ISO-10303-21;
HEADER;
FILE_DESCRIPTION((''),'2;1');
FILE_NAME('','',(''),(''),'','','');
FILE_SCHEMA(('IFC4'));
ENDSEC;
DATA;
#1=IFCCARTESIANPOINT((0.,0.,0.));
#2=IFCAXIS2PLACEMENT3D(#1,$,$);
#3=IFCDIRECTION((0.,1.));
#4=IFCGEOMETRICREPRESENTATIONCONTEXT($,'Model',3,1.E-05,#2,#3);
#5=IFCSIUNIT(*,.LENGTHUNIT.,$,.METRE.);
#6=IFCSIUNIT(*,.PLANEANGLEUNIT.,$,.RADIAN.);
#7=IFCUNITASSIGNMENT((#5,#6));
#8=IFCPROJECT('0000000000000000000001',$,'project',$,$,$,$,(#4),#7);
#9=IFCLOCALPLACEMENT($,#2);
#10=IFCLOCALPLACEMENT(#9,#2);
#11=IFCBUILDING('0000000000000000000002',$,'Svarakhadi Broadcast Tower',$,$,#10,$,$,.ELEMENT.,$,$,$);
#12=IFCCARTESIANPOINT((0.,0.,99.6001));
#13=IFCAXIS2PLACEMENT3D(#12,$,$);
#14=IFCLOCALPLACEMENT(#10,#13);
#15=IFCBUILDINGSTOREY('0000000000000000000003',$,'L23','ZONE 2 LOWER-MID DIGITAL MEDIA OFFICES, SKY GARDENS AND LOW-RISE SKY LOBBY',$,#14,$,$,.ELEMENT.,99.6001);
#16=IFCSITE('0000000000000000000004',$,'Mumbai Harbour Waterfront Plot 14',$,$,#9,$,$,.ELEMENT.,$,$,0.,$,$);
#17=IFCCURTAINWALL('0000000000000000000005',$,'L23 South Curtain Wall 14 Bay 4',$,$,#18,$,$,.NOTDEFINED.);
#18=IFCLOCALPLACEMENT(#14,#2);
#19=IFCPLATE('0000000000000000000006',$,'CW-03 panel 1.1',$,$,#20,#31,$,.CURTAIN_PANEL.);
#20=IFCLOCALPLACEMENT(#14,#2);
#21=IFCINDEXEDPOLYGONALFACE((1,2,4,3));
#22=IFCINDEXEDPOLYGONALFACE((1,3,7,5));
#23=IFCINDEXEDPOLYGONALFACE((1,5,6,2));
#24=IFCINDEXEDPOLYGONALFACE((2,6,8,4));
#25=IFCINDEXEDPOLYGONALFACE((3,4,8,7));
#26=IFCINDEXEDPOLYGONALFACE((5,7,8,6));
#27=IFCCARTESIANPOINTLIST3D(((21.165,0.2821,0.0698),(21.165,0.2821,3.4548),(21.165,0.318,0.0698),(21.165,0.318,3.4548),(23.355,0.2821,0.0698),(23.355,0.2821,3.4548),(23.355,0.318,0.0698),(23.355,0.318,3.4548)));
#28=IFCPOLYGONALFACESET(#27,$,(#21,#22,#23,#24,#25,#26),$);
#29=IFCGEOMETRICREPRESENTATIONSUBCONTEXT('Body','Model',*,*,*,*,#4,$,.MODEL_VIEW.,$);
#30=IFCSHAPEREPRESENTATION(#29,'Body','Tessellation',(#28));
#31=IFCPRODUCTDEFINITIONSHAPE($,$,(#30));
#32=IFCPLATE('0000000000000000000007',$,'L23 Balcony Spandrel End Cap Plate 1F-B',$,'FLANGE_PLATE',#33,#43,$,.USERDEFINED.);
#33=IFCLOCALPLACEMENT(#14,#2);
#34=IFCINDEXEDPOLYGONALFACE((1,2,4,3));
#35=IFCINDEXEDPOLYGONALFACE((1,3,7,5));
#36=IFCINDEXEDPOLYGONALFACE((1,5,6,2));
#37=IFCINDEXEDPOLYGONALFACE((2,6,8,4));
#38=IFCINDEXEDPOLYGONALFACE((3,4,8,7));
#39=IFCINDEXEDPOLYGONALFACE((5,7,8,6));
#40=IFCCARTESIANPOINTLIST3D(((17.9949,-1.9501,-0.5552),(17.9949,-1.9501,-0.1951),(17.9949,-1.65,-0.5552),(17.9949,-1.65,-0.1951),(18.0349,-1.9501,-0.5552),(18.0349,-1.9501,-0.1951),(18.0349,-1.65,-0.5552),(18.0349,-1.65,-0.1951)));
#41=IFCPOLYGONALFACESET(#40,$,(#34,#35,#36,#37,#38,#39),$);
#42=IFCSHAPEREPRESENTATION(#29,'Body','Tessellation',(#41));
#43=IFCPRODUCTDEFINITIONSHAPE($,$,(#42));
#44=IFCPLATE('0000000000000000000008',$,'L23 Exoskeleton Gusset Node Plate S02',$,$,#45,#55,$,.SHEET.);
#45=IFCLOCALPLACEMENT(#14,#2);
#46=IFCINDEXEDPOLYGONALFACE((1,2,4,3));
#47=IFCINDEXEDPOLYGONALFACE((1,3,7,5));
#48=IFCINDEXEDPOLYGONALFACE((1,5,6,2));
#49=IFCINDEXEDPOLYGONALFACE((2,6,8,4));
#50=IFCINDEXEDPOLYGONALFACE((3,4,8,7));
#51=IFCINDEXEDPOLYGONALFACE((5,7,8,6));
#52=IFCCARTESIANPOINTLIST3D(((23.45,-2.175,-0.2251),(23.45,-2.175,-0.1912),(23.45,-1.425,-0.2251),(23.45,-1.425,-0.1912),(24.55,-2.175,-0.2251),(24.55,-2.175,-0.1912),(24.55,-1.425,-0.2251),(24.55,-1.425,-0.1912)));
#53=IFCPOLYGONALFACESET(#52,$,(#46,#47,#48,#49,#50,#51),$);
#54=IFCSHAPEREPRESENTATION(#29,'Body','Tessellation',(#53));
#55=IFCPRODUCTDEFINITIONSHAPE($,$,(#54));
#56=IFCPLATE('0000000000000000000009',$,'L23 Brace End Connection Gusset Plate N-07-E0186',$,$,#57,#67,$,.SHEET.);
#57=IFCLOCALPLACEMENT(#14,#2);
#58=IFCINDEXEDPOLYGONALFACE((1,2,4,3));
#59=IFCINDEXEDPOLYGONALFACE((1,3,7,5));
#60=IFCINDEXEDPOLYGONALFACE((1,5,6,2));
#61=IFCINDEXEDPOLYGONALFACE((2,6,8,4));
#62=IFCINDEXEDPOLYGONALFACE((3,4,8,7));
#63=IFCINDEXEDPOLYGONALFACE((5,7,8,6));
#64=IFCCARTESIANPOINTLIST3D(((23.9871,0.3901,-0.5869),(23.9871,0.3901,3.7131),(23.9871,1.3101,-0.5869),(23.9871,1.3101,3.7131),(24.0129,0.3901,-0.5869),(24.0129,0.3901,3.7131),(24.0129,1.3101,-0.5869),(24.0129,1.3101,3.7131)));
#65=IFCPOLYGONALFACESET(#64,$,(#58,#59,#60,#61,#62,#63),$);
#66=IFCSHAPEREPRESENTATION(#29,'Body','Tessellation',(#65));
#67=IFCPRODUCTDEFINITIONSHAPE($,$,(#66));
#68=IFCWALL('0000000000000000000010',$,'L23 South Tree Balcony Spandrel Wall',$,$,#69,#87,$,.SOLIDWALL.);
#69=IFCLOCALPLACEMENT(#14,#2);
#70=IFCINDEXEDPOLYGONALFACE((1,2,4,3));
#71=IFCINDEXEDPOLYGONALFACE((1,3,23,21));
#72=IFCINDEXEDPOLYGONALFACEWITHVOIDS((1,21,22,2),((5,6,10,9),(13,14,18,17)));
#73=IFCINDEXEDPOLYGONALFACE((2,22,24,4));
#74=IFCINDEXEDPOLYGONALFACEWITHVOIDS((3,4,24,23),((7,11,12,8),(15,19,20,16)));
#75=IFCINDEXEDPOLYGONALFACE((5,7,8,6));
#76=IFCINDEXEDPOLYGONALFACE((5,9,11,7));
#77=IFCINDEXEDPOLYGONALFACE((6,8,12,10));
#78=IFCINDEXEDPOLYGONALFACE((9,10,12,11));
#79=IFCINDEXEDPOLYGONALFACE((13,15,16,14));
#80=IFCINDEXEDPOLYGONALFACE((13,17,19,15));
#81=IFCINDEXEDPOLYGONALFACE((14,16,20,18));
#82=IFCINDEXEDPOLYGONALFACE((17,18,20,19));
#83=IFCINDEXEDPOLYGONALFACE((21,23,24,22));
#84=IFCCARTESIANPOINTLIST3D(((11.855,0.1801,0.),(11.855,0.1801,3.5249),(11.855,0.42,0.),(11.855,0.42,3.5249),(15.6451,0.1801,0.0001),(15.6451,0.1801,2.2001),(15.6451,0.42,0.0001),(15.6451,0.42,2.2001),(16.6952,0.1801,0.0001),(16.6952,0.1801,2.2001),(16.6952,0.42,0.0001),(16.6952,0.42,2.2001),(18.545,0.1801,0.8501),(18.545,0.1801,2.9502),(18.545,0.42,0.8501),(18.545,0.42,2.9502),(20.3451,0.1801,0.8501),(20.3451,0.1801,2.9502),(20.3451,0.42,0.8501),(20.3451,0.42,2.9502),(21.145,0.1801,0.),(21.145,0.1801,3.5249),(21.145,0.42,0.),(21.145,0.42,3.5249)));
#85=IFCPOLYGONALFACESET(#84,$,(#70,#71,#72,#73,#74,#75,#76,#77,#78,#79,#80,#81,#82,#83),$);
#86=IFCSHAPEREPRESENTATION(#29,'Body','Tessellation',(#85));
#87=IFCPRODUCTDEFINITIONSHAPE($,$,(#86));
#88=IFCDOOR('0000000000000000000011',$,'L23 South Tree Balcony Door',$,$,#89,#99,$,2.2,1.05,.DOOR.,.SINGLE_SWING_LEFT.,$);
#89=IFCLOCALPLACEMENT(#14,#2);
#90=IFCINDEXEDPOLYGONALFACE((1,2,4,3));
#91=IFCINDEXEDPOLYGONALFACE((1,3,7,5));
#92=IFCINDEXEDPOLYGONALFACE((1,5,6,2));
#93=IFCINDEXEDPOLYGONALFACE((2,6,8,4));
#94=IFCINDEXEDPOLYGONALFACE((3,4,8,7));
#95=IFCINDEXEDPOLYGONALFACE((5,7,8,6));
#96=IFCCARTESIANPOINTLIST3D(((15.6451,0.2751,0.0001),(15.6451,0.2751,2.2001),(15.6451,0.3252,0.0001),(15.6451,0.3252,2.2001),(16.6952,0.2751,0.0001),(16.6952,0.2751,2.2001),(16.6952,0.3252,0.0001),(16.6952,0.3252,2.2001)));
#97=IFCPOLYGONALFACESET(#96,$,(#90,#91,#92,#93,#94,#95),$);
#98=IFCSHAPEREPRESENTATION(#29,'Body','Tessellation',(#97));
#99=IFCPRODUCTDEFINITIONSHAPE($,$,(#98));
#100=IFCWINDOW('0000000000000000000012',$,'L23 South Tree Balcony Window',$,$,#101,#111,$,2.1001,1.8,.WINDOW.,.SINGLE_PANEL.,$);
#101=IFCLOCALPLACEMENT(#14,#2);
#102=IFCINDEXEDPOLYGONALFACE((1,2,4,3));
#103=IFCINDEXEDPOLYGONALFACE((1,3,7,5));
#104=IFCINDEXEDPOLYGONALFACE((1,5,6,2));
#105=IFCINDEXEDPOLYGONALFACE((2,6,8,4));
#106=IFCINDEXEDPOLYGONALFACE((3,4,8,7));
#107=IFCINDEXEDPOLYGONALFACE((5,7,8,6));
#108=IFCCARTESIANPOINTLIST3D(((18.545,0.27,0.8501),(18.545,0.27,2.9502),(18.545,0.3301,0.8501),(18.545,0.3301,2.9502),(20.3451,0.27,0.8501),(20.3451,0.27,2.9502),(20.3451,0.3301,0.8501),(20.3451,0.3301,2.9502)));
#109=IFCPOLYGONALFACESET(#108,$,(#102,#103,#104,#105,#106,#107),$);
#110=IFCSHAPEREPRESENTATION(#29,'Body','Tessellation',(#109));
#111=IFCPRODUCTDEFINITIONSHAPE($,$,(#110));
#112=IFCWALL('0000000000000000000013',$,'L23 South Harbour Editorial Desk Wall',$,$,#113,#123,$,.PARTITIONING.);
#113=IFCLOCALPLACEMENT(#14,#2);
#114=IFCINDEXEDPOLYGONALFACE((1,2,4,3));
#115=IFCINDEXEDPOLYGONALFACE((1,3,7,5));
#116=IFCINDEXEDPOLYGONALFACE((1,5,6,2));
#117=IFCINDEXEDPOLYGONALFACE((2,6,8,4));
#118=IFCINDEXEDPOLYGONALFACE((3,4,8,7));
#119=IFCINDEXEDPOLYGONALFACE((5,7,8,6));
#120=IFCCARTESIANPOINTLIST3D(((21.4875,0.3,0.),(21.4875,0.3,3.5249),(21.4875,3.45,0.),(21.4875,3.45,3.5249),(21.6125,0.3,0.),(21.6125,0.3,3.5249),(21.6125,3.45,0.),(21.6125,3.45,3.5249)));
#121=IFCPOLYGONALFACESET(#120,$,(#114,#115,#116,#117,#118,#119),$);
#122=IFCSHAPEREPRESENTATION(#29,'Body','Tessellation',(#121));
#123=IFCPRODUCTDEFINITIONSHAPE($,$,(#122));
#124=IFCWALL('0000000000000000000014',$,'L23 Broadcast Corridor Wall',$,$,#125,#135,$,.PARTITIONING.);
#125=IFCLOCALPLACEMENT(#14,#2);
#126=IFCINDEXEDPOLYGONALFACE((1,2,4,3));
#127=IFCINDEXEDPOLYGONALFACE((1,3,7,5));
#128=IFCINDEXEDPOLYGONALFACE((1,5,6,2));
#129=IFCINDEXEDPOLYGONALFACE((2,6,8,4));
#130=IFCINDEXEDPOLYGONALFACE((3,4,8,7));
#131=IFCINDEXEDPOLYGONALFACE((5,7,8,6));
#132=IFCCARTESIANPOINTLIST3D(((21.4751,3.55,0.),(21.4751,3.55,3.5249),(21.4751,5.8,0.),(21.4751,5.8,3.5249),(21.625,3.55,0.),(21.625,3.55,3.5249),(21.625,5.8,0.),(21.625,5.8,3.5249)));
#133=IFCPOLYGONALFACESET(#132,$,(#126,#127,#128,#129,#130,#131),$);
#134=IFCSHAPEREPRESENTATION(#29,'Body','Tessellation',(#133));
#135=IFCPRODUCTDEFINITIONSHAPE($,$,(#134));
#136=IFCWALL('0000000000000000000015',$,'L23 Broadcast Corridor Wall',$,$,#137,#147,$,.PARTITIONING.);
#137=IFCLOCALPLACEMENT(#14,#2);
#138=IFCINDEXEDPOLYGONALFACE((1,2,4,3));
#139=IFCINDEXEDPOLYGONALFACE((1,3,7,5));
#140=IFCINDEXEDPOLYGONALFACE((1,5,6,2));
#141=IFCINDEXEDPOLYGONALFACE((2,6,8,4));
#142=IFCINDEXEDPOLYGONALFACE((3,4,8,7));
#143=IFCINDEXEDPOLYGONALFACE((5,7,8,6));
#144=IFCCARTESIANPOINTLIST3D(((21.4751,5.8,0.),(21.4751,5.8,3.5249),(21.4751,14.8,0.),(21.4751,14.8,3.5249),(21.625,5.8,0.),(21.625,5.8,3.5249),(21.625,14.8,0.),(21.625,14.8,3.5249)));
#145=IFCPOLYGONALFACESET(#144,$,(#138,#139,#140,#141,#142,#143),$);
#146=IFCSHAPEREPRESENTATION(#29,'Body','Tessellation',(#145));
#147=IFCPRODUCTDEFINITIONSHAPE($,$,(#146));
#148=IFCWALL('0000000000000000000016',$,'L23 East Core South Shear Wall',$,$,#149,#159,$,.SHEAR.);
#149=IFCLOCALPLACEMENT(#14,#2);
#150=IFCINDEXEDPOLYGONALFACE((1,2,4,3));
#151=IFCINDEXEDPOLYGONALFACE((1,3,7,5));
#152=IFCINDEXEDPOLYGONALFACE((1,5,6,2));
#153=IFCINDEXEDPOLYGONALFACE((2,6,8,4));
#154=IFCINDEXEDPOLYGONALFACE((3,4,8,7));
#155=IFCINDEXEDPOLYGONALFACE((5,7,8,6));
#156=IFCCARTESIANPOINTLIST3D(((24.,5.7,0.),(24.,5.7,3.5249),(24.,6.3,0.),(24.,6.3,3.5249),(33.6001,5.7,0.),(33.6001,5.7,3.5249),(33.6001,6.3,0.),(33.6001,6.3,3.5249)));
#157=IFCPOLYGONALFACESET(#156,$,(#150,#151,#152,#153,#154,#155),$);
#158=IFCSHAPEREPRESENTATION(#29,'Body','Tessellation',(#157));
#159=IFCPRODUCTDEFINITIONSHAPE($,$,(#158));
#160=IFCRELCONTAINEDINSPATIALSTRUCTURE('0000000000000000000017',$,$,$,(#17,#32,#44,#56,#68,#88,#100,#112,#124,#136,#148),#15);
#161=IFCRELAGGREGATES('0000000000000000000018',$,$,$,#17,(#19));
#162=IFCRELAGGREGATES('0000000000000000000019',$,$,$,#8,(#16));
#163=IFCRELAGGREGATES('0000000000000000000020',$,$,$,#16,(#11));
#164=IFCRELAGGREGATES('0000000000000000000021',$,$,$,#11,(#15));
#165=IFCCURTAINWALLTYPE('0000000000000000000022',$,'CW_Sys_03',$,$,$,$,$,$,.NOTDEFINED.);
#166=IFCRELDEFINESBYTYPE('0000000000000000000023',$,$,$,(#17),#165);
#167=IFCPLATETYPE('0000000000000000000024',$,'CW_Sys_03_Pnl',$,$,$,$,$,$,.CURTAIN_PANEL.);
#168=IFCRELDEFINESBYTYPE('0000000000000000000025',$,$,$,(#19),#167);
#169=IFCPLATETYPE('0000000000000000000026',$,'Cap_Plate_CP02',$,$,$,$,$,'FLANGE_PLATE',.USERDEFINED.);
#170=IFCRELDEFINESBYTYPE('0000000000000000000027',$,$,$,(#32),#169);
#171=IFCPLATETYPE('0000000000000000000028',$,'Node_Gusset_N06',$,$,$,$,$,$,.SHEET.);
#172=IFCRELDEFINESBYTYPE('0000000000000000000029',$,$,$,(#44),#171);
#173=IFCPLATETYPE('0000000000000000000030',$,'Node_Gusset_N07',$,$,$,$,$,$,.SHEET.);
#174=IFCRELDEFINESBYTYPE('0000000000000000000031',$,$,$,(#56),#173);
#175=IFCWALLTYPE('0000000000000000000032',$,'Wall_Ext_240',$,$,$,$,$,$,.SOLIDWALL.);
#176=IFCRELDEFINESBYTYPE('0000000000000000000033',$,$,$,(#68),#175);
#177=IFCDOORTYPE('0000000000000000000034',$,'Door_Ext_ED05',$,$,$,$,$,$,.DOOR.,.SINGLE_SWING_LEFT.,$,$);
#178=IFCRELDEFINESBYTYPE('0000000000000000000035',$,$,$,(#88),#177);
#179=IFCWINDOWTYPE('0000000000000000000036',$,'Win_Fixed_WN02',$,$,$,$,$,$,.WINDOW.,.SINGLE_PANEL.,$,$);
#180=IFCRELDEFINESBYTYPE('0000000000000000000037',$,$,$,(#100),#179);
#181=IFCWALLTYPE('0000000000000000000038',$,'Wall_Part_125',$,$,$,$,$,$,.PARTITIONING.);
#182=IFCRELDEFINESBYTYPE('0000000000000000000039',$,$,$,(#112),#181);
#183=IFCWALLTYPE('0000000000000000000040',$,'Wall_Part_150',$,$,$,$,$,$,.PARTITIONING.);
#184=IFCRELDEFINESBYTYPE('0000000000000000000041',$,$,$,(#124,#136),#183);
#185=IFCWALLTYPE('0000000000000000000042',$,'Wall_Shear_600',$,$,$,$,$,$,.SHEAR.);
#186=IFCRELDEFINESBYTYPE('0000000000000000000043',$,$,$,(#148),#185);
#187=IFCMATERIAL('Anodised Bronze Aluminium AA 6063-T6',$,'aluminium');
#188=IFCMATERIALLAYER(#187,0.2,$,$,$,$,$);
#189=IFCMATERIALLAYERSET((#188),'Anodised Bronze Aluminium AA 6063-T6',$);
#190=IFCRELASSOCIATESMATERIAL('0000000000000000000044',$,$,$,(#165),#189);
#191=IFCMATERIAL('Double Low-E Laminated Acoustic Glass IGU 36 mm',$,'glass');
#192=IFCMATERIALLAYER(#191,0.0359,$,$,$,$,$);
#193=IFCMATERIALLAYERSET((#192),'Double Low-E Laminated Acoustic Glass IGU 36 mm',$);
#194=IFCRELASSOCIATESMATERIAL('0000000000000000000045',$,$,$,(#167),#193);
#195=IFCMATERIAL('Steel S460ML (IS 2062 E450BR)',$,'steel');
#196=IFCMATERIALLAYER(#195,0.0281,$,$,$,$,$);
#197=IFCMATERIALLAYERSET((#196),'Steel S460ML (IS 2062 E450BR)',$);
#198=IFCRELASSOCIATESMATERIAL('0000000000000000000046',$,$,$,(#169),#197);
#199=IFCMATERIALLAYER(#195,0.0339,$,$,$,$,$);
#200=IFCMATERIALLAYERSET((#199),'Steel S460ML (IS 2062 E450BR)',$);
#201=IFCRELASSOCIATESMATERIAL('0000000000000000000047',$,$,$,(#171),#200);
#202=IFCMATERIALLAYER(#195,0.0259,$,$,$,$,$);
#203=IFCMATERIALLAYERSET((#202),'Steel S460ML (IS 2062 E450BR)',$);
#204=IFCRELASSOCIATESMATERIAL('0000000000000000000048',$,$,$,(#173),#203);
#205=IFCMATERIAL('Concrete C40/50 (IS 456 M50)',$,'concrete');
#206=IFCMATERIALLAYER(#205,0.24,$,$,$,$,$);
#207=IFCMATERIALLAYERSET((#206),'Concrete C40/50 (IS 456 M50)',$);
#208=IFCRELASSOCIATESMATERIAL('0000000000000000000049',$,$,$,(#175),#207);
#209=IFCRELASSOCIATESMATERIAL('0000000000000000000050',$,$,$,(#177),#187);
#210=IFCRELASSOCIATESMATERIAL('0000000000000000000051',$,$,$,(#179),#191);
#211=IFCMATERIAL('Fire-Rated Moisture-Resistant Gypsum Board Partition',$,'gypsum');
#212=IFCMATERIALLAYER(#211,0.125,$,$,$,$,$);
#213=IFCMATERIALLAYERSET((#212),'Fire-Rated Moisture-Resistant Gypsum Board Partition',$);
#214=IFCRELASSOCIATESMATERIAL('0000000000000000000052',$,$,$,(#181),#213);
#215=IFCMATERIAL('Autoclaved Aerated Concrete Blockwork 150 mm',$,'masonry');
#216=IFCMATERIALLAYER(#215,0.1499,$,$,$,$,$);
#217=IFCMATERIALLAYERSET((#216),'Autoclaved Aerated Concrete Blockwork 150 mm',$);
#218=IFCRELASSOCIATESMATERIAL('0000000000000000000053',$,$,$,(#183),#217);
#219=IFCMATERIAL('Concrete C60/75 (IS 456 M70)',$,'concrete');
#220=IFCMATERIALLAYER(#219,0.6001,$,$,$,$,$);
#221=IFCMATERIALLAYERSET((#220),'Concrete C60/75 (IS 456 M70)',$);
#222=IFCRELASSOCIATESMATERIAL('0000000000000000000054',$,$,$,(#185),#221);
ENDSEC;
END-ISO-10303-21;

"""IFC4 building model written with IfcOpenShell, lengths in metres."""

from ifc_helpers import new_model, si_unit, direction, frame, frame_2d, origin, origin_2d, place, context, subcontext, project, spatial, rectangle, extrude, material, layer, layer_set, type_object, element, fill, aggregate, save


model = new_model("IFC4")

# Units and contexts
model_context = context("Model", 3, precision=1e-05, world=origin(), true_north=direction((0.0, 1.0)))
body_context = subcontext(model_context, "Body", "Model", "MODEL_VIEW")
ifc_project = project(units=[si_unit("LENGTHUNIT", "METRE"), si_unit("PLANEANGLEUNIT", "RADIAN")], contexts=[model_context])

# Site, building, storey
site_placement = place(None, origin())
site = spatial("IfcSite", under=ifc_project, at=site_placement, Name="Mumbai Harbour Waterfront Plot 14", CompositionType="ELEMENT", RefElevation=0.0)
building_placement = place(site_placement, origin())
building = spatial("IfcBuilding", under=site, at=building_placement, Name="Svarakhadi Broadcast Tower", CompositionType="ELEMENT")
storey_placement = place(building_placement, frame((0.0, 0.0, 99.6001)))
storey = spatial("IfcBuildingStorey", under=building, at=storey_placement, Name="L23", Description="ZONE 2 LOWER-MID DIGITAL MEDIA OFFICES, SKY GARDENS AND LOW-RISE SKY LOBBY", CompositionType="ELEMENT", Elevation=99.6001)

# Curtain wall
ifc_material_1 = material(Name="Anodised Bronze Aluminium AA 6063-T6", Category="aluminium")
ifc_layer_1 = layer(ifc_material_1, 0.2)
ifc_layer_set_1 = layer_set([ifc_layer_1], Name="Anodised Bronze Aluminium AA 6063-T6")
curtain_wall_type = type_object("IfcCurtainWallType", Name="CW_Sys_03", PredefinedType="NOTDEFINED", material=ifc_layer_set_1)
curtain_wall_placement = place(storey_placement, origin())
curtain_wall = element("IfcCurtainWall", 1, at=curtain_wall_placement, inside=storey, type_object=curtain_wall_type, Name="L23 South Curtain Wall 14 Bay 4", PredefinedType="NOTDEFINED")

# Shared definitions
ifc_material_2 = material(Name="Steel S460ML (IS 2062 E450BR)", Category="steel")

# Plate
ifc_material_3 = material(Name="Double Low-E Laminated Acoustic Glass IGU 36 mm", Category="glass")
ifc_layer_2 = layer(ifc_material_3, 0.0359)
ifc_layer_set_2 = layer_set([ifc_layer_2], Name="Double Low-E Laminated Acoustic Glass IGU 36 mm")
plate_type_1 = type_object("IfcPlateType", Name="CW_Sys_03_Pnl", PredefinedType="CURTAIN_PANEL", material=ifc_layer_set_2)
plate_1_placement = place(storey_placement, frame((22.26, 0.3, 0.0698), z_axis=(0.0, 0.0, 1.0), x_axis=(-1.0, 0.0, 0.0)))
plate_1 = element("IfcPlate", 2, at=plate_1_placement, type_object=plate_type_1, Name="CW-03 panel 1.1", PredefinedType="CURTAIN_PANEL", context=body_context, shape_type="SweptSolid", body=[
    extrude(rectangle(XDim=2.1899, YDim=0.0359, at=origin_2d()), origin(), (0.0, 0.0, 1.0), 3.385),
])
aggregate(curtain_wall, [plate_1])

# Plates
ifc_layer_3 = layer(ifc_material_2, 0.0281)
ifc_layer_set_3 = layer_set([ifc_layer_3], Name="Steel S460ML (IS 2062 E450BR)")
plate_type_2 = type_object("IfcPlateType", Name="Cap_Plate_CP02", ElementType="FLANGE_PLATE", PredefinedType="USERDEFINED", material=ifc_layer_set_3)
plate_2_placement = place(storey_placement, frame((18.0149, -1.8, -0.5552), z_axis=(0.0, 0.0, 1.0), x_axis=(1.0, 0.0, 0.0)))
element("IfcPlate", 3, at=plate_2_placement, inside=storey, type_object=plate_type_2, Name="L23 Balcony Spandrel End Cap Plate 1F-B", ObjectType="FLANGE_PLATE", PredefinedType="USERDEFINED", context=body_context, shape_type="SweptSolid", body=[
    extrude(rectangle(XDim=0.04, YDim=0.3, at=origin_2d()), origin(), (0.0, 0.0, 1.0), 0.3601),
])
ifc_layer_4 = layer(ifc_material_2, 0.0339)
ifc_layer_set_4 = layer_set([ifc_layer_4], Name="Steel S460ML (IS 2062 E450BR)")
plate_type_3 = type_object("IfcPlateType", Name="Node_Gusset_N06", PredefinedType="SHEET", material=ifc_layer_set_4)
plate_3_placement = place(storey_placement, frame((24.0, -1.8, -0.2251), z_axis=(0.0, 0.0, 1.0), x_axis=(1.0, 0.0, 0.0)))
element("IfcPlate", 4, at=plate_3_placement, inside=storey, type_object=plate_type_3, Name="L23 Exoskeleton Gusset Node Plate S02", PredefinedType="SHEET", context=body_context, shape_type="SweptSolid", body=[
    extrude(rectangle(XDim=1.1001, YDim=0.75, at=origin_2d()), origin(), (0.0, 0.0, 1.0), 0.0339),
])
ifc_layer_5 = layer(ifc_material_2, 0.0259)
ifc_layer_set_5 = layer_set([ifc_layer_5], Name="Steel S460ML (IS 2062 E450BR)")
plate_type_4 = type_object("IfcPlateType", Name="Node_Gusset_N07", PredefinedType="SHEET", material=ifc_layer_set_5)
plate_4_placement = place(storey_placement, frame((24.0, 0.8501, -0.5869), z_axis=(0.0, 0.0, 1.0), x_axis=(0.0, 1.0, 0.0)))
element("IfcPlate", 5, at=plate_4_placement, inside=storey, type_object=plate_type_4, Name="L23 Brace End Connection Gusset Plate N-07-E0186", PredefinedType="SHEET", context=body_context, shape_type="SweptSolid", body=[
    extrude(rectangle(XDim=0.9199, YDim=0.0259, at=origin_2d()), origin(), (0.0, 0.0, 1.0), 4.3),
])

# Wall, openings, door, window
ifc_material_4 = material(Name="Concrete C40/50 (IS 456 M50)", Category="concrete")
ifc_layer_6 = layer(ifc_material_4, 0.24)
ifc_layer_set_6 = layer_set([ifc_layer_6], Name="Concrete C40/50 (IS 456 M50)")
wall_type_1 = type_object("IfcWallType", Name="Wall_Ext_240", PredefinedType="SOLIDWALL", material=ifc_layer_set_6)
wall_1_placement = place(storey_placement, frame((21.145, 0.3, 0.0), z_axis=(0.0, 0.0, 1.0), x_axis=(-1.0, 0.0, 0.0)))
wall_1 = element("IfcWall", 6, at=wall_1_placement, inside=storey, type_object=wall_type_1, Name="L23 South Tree Balcony Spandrel Wall", PredefinedType="SOLIDWALL", context=body_context, shape_type="SweptSolid", body=[
    extrude(rectangle(XDim=9.29, YDim=0.24, at=frame_2d((4.645, 0.0))), origin(), (0.0, 0.0, 1.0), 3.5249),
])
opening_1_placement = place(wall_1_placement, frame((4.45, 0.0, 0.0)))
opening_1 = element("IfcOpeningElement", 7, at=opening_1_placement, cuts=wall_1, PredefinedType="OPENING", context=body_context, shape_type="SweptSolid", body=[
    extrude(rectangle(XDim=1.05, YDim=2.2, at=frame_2d((0.5249, 1.1001))), frame((0.0, 0.1299, 0.0), z_axis=(0.0, -1.0, 0.0), x_axis=(1.0, 0.0, 0.0)), (0.0, 0.0, 1.0), 0.26),
])
opening_2_placement = place(wall_1_placement, frame((0.8, 0.0, 0.8501)))
opening_2 = element("IfcOpeningElement", 8, at=opening_2_placement, cuts=wall_1, PredefinedType="OPENING", context=body_context, shape_type="SweptSolid", body=[
    extrude(rectangle(XDim=1.8, YDim=2.1001, at=frame_2d((0.8999, 1.05))), frame((0.0, 0.1299, 0.0), z_axis=(0.0, -1.0, 0.0), x_axis=(1.0, 0.0, 0.0)), (0.0, 0.0, 1.0), 0.26),
])
door_type = type_object("IfcDoorType", Name="Door_Ext_ED05", OperationType="SINGLE_SWING_LEFT", PredefinedType="DOOR", material=ifc_material_1)
door_placement = place(opening_1_placement, origin())
door = element("IfcDoor", 9, at=door_placement, inside=storey, type_object=door_type, Name="L23 South Tree Balcony Door", OperationType="SINGLE_SWING_LEFT", OverallHeight=2.2, OverallWidth=1.05, PredefinedType="DOOR", context=body_context, shape_type="SweptSolid", body=[
    extrude(rectangle(XDim=1.05, YDim=2.2, at=frame_2d((0.5249, 1.1001))), frame((0.0, 0.0249, 0.0), z_axis=(0.0, -1.0, 0.0), x_axis=(1.0, 0.0, 0.0)), (0.0, 0.0, 1.0), 0.05),
])
fill(opening_1, door)
window_type = type_object("IfcWindowType", Name="Win_Fixed_WN02", PartitioningType="SINGLE_PANEL", PredefinedType="WINDOW", material=ifc_material_3)
window_placement = place(opening_2_placement, origin())
window = element("IfcWindow", 10, at=window_placement, inside=storey, type_object=window_type, Name="L23 South Tree Balcony Window", OverallHeight=2.1001, OverallWidth=1.8, PartitioningType="SINGLE_PANEL", PredefinedType="WINDOW", context=body_context, shape_type="SweptSolid", body=[
    extrude(rectangle(XDim=1.8, YDim=2.1001, at=frame_2d((0.8999, 1.05))), frame((0.0, 0.03, 0.0), z_axis=(0.0, -1.0, 0.0), x_axis=(1.0, 0.0, 0.0)), (0.0, 0.0, 1.0), 0.0601),
])
fill(opening_2, window)

# Walls
ifc_material_5 = material(Name="Fire-Rated Moisture-Resistant Gypsum Board Partition", Category="gypsum")
ifc_layer_7 = layer(ifc_material_5, 0.125)
ifc_layer_set_7 = layer_set([ifc_layer_7], Name="Fire-Rated Moisture-Resistant Gypsum Board Partition")
wall_type_2 = type_object("IfcWallType", Name="Wall_Part_125", PredefinedType="PARTITIONING", material=ifc_layer_set_7)
wall_2_placement = place(storey_placement, frame((21.55, 0.3, 0.0), z_axis=(0.0, 0.0, 1.0), x_axis=(0.0, 1.0, 0.0)))
element("IfcWall", 11, at=wall_2_placement, inside=storey, type_object=wall_type_2, Name="L23 South Harbour Editorial Desk Wall", PredefinedType="PARTITIONING", context=body_context, shape_type="SweptSolid", body=[
    extrude(rectangle(XDim=3.1499, YDim=0.125, at=frame_2d((1.575, 0.0))), origin(), (0.0, 0.0, 1.0), 3.5249),
])
ifc_material_6 = material(Name="Autoclaved Aerated Concrete Blockwork 150 mm", Category="masonry")
ifc_layer_8 = layer(ifc_material_6, 0.1499)
ifc_layer_set_8 = layer_set([ifc_layer_8], Name="Autoclaved Aerated Concrete Blockwork 150 mm")
wall_type_3 = type_object("IfcWallType", Name="Wall_Part_150", PredefinedType="PARTITIONING", material=ifc_layer_set_8)
wall_3_placement = place(storey_placement, frame((21.55, 3.55, 0.0), z_axis=(0.0, 0.0, 1.0), x_axis=(0.0, 1.0, 0.0)))
element("IfcWall", 12, at=wall_3_placement, inside=storey, type_object=wall_type_3, Name="L23 Broadcast Corridor Wall", PredefinedType="PARTITIONING", context=body_context, shape_type="SweptSolid", body=[
    extrude(rectangle(XDim=2.25, YDim=0.1499, at=frame_2d((1.125, 0.0))), origin(), (0.0, 0.0, 1.0), 3.5249),
])
wall_4_placement = place(storey_placement, frame((21.55, 5.8, 0.0), z_axis=(0.0, 0.0, 1.0), x_axis=(0.0, 1.0, 0.0)))
element("IfcWall", 13, at=wall_4_placement, inside=storey, type_object=wall_type_3, Name="L23 Broadcast Corridor Wall", PredefinedType="PARTITIONING", context=body_context, shape_type="SweptSolid", body=[
    extrude(rectangle(XDim=9.0, YDim=0.1499, at=frame_2d((4.5, 0.0))), origin(), (0.0, 0.0, 1.0), 3.5249),
])
ifc_material_7 = material(Name="Concrete C60/75 (IS 456 M70)", Category="concrete")
ifc_layer_9 = layer(ifc_material_7, 0.6001)
ifc_layer_set_9 = layer_set([ifc_layer_9], Name="Concrete C60/75 (IS 456 M70)")
wall_type_4 = type_object("IfcWallType", Name="Wall_Shear_600", PredefinedType="SHEAR", material=ifc_layer_set_9)
wall_5_placement = place(storey_placement, frame((24.0, 6.0, 0.0), z_axis=(0.0, 0.0, 1.0), x_axis=(1.0, 0.0, 0.0)))
element("IfcWall", 14, at=wall_5_placement, inside=storey, type_object=wall_type_4, Name="L23 East Core South Shear Wall", PredefinedType="SHEAR", context=body_context, shape_type="SweptSolid", body=[
    extrude(rectangle(XDim=9.6001, YDim=0.6001, at=frame_2d((4.8, 0.0))), origin(), (0.0, 0.0, 1.0), 3.5249),
])

save(model, "model.ifc")
